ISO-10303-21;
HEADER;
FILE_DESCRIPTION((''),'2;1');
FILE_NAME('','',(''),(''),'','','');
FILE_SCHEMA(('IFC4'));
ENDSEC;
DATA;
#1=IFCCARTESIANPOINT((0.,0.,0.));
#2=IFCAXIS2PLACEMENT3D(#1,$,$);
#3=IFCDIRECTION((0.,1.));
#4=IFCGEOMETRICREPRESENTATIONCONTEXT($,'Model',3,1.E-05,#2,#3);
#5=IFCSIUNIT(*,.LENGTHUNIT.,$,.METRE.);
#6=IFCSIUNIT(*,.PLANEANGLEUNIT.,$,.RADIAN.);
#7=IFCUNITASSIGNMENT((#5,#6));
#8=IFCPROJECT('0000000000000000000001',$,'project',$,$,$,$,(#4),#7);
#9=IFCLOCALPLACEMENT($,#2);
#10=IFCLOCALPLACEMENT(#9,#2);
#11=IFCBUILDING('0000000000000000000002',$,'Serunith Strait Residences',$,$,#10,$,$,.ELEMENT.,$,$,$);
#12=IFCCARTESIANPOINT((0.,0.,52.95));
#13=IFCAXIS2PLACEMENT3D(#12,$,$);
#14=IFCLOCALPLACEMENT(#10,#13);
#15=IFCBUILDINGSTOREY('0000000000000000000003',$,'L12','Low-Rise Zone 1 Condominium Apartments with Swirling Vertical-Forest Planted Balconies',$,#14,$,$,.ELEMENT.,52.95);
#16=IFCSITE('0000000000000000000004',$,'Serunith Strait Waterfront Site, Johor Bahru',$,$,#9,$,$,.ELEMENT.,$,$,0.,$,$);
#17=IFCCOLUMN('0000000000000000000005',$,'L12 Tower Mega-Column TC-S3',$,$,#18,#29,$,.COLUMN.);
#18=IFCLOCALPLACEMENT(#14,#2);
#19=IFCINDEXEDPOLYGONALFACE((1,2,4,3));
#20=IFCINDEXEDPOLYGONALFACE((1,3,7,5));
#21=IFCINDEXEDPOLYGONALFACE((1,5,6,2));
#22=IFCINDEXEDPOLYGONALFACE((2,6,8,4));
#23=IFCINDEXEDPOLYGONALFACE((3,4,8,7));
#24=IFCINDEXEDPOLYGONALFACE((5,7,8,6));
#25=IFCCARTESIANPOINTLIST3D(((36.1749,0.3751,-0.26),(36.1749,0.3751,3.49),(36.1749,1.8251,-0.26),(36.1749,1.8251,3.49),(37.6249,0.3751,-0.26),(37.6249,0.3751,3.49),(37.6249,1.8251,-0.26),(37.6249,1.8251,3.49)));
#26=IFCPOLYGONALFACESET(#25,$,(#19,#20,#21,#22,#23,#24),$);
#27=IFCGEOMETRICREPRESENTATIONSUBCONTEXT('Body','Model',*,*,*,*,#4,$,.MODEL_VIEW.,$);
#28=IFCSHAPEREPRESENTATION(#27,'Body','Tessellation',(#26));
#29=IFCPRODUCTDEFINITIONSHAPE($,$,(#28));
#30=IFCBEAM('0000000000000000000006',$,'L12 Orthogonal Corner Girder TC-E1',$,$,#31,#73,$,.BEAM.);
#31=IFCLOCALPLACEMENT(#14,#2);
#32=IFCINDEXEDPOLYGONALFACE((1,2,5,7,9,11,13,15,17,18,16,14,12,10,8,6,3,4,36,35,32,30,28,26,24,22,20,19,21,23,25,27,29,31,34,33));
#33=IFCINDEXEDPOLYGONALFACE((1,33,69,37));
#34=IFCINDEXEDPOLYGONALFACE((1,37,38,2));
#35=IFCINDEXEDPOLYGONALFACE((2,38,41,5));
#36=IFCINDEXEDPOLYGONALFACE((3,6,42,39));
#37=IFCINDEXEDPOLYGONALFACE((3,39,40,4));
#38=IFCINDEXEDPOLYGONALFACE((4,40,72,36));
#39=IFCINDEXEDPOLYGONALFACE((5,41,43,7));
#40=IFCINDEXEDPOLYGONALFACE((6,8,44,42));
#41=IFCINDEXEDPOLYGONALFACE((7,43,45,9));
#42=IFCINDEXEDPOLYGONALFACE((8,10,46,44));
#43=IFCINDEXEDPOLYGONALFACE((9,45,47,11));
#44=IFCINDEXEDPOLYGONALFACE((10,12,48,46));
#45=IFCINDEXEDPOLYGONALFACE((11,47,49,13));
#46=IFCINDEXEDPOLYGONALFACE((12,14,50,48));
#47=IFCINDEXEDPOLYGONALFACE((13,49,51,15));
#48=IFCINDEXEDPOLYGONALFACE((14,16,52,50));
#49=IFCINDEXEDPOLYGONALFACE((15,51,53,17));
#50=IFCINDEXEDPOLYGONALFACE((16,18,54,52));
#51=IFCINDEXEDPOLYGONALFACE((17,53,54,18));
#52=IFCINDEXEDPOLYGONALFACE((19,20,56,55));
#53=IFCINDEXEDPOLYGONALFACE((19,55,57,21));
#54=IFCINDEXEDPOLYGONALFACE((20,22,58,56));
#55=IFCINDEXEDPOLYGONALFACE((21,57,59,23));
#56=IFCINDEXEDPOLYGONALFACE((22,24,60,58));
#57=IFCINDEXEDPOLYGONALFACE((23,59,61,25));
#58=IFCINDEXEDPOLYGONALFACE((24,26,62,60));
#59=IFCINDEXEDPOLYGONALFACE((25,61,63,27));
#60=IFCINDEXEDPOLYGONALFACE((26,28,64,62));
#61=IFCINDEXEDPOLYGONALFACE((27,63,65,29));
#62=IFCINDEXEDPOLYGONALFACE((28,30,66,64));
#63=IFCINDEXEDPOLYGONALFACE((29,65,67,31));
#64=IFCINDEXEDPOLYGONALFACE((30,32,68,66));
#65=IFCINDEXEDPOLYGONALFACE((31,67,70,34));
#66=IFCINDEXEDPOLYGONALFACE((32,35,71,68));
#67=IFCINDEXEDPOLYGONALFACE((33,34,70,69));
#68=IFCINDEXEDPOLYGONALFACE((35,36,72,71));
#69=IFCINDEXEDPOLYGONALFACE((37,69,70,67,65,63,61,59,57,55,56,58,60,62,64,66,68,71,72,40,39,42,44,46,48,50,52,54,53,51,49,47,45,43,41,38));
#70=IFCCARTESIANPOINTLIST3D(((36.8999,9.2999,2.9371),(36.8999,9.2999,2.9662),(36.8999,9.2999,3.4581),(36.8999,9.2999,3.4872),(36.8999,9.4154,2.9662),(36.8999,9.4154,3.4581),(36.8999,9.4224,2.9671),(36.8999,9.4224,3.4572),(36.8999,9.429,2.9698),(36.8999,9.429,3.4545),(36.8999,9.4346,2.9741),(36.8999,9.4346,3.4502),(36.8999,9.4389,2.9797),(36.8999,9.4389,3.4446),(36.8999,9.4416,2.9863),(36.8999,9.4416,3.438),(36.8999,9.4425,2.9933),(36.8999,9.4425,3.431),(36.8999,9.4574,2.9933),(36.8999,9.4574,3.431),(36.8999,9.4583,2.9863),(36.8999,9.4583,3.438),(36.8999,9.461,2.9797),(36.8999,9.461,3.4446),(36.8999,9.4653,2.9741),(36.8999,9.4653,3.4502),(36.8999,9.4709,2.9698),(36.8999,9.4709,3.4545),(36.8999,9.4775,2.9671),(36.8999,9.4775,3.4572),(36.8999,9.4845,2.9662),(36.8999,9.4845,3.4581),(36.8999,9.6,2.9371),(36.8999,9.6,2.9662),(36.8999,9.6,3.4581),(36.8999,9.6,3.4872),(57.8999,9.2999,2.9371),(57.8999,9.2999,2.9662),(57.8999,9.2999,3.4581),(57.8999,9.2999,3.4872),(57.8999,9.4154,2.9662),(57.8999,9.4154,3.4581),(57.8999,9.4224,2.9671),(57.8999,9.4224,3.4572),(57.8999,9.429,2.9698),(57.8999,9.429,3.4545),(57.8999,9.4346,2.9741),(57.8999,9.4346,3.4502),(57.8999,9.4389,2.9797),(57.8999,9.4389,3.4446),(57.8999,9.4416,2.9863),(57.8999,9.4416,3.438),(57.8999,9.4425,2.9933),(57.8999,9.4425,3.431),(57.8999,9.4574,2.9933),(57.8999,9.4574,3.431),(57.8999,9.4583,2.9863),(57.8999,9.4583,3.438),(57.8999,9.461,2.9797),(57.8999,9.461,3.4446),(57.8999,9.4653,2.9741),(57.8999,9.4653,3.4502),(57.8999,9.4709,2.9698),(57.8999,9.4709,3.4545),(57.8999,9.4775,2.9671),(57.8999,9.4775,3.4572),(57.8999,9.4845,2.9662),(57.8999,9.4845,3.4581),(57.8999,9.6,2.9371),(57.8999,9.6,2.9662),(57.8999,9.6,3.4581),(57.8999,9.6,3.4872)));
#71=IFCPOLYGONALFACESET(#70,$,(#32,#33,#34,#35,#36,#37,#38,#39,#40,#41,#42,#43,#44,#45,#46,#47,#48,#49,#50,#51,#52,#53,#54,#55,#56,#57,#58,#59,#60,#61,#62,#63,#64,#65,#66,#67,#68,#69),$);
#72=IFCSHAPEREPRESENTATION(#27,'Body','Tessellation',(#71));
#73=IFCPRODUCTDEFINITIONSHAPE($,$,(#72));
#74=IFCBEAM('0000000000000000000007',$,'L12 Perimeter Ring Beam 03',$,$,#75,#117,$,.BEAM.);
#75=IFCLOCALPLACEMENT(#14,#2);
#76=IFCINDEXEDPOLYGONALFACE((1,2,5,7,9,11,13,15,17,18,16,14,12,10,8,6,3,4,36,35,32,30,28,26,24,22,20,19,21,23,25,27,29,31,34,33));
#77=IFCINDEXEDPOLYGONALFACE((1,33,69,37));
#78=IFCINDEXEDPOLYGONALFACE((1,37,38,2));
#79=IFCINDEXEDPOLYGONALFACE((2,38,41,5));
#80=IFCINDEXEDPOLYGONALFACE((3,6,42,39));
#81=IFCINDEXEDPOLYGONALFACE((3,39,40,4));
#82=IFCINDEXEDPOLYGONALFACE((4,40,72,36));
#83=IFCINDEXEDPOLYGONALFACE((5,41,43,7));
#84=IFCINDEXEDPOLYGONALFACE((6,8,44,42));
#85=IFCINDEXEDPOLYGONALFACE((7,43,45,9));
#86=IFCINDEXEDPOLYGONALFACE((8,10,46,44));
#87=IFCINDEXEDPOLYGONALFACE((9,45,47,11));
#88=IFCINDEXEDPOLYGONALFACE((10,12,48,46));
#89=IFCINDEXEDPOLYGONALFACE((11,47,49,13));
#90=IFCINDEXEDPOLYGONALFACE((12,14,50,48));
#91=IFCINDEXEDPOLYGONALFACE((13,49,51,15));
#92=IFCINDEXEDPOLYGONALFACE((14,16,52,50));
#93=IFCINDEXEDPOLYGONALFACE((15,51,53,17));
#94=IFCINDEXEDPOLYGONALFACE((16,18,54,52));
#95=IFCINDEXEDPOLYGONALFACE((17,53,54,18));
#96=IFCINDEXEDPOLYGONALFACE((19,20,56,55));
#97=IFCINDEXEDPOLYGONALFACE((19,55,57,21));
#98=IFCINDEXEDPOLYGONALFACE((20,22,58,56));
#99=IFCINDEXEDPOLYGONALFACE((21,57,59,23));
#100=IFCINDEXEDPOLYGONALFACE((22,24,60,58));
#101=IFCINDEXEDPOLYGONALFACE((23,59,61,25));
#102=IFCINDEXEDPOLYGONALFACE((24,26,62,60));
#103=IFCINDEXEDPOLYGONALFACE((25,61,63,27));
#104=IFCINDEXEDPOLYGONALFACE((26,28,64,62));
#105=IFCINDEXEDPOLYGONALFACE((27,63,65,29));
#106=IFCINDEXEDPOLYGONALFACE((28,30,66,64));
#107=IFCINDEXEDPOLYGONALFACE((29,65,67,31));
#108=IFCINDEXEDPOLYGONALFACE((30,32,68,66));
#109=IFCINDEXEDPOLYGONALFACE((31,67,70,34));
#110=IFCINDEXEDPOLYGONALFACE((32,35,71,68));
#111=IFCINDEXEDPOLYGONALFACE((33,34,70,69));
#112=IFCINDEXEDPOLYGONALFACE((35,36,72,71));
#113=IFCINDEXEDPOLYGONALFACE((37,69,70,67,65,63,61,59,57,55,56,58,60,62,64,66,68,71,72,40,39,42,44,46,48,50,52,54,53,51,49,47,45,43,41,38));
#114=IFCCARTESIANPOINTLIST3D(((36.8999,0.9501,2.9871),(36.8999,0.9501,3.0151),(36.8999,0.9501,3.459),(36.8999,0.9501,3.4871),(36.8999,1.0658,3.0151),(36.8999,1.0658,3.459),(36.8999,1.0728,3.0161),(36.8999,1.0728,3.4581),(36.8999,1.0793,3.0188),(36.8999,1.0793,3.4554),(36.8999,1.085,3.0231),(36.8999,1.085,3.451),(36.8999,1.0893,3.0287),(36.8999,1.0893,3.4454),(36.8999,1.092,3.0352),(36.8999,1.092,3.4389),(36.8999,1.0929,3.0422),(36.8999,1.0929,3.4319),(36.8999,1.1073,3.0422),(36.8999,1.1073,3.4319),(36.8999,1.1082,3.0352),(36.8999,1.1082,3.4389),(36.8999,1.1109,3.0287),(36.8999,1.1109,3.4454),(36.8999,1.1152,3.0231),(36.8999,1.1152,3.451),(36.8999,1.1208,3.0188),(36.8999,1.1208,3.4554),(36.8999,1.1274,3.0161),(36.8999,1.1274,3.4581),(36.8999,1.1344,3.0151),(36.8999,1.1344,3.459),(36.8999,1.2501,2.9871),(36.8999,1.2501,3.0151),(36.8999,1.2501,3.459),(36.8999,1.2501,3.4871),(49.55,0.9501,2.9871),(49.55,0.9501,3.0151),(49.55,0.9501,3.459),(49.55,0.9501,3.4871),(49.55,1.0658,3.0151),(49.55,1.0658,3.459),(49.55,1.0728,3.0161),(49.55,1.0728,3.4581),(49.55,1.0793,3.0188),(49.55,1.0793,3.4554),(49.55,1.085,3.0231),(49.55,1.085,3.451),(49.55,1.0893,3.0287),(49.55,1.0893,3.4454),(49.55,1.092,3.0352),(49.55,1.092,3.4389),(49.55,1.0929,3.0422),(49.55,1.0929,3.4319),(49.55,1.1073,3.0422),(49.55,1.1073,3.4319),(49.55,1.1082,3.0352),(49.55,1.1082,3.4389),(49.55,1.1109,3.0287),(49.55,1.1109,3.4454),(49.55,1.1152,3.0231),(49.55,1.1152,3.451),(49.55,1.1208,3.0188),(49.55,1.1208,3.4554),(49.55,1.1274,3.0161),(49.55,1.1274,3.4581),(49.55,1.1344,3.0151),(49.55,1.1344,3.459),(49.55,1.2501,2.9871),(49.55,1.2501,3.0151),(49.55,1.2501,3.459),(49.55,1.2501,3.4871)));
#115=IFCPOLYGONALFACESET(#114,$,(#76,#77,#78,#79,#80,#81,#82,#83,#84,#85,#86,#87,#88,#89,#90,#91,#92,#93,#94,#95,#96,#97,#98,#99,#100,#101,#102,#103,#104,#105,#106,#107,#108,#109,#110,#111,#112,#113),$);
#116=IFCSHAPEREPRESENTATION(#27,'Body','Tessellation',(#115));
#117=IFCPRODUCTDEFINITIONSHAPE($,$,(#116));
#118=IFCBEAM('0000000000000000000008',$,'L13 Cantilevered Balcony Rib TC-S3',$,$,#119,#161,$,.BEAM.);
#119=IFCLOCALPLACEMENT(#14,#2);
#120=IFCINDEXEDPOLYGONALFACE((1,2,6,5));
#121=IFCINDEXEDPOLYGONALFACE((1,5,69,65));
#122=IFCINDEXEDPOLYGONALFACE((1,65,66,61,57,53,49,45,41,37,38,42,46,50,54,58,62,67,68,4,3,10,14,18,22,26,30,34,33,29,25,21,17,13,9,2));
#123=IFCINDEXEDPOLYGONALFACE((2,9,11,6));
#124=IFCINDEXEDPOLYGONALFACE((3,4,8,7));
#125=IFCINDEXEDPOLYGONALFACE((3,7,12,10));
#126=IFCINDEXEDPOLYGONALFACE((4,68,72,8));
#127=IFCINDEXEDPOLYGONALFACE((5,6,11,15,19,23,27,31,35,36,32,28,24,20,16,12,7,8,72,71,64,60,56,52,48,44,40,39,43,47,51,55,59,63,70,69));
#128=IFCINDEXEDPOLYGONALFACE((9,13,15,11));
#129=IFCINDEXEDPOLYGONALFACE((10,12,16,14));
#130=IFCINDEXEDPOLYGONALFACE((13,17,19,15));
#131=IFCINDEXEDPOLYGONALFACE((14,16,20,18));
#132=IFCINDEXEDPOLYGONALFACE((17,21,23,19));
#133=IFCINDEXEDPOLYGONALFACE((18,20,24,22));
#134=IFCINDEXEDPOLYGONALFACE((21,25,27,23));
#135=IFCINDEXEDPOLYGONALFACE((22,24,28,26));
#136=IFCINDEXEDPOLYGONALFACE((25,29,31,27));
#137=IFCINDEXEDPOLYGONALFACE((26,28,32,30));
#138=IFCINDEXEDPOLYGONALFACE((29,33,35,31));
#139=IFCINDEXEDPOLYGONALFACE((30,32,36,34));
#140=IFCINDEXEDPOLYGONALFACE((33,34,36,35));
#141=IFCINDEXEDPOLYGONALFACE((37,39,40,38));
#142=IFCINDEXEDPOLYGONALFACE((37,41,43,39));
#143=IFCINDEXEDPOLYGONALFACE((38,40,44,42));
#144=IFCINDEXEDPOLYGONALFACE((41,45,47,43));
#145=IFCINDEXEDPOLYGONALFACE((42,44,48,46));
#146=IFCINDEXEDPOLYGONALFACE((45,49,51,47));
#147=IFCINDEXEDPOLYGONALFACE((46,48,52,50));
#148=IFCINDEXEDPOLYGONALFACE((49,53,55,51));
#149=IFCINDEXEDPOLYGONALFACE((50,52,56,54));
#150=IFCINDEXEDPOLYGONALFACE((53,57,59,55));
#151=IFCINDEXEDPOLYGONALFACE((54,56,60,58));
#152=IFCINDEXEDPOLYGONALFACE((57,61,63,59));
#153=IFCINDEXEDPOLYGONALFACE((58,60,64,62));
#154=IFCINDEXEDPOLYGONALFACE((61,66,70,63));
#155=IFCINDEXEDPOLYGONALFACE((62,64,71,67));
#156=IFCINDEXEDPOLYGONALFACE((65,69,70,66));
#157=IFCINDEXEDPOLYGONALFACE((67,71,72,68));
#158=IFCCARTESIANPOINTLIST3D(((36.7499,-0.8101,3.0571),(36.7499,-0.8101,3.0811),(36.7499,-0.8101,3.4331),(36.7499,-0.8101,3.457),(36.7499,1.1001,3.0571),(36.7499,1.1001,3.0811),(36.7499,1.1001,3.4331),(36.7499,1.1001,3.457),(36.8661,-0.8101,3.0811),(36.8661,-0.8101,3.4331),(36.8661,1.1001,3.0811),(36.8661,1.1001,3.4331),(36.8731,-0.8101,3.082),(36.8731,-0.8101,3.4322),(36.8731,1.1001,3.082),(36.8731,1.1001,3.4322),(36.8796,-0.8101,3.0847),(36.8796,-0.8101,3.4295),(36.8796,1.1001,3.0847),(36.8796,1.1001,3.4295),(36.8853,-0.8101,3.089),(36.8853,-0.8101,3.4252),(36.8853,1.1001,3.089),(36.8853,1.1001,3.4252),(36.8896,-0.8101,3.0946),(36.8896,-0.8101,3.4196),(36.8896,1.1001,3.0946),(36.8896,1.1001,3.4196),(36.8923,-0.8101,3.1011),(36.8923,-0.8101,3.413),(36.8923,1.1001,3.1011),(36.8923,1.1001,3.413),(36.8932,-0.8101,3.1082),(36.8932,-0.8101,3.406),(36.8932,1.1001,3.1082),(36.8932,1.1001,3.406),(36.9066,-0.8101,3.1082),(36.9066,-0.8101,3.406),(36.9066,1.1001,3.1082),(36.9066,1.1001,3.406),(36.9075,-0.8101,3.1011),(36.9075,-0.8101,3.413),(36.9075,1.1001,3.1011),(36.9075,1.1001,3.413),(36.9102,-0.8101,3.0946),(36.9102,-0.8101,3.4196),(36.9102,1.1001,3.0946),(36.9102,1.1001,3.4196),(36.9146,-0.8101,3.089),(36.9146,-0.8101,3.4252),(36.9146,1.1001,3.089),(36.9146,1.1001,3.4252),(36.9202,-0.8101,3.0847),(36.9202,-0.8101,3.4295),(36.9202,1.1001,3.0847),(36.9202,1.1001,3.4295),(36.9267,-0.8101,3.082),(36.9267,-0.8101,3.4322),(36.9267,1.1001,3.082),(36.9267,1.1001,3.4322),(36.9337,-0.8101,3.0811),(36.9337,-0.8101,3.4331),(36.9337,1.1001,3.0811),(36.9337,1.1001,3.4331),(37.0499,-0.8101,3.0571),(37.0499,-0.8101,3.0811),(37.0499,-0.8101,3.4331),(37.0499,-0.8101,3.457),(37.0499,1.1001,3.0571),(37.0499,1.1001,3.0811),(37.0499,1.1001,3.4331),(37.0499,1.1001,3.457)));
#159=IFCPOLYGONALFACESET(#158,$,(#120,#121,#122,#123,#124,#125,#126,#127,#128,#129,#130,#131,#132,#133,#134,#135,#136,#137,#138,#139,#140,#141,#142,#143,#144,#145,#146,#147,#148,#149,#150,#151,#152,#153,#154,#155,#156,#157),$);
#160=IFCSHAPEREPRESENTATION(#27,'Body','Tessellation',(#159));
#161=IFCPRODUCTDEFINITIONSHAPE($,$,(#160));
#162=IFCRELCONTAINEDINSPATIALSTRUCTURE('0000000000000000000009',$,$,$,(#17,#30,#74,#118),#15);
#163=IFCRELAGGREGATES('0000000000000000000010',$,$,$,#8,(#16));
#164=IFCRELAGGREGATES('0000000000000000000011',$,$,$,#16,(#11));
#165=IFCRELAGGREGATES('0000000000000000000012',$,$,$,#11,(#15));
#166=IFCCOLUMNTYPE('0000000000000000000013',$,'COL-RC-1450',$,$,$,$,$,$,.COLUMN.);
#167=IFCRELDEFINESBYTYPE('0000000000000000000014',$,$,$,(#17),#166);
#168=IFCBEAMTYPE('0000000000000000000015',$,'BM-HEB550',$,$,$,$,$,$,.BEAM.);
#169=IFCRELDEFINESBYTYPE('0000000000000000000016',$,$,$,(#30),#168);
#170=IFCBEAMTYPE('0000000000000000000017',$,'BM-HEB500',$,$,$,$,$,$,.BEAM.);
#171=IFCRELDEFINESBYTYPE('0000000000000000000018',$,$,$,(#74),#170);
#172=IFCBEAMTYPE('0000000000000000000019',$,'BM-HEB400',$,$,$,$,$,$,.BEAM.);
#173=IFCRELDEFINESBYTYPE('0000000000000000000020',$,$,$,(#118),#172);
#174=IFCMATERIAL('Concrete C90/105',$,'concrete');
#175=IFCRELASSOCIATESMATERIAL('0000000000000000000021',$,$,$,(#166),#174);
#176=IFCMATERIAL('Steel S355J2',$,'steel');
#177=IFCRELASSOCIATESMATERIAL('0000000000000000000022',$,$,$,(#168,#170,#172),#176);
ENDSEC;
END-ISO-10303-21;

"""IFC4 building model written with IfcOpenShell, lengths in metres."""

from ifc_helpers import new_model, si_unit, direction, frame, origin, origin_2d, place, context, subcontext, project, spatial, rectangle, i_section, extrude, source, transform, mapped, material, material_profile, profile_set, type_object, element, save


model = new_model("IFC4")

# Units and contexts
model_context = context("Model", 3, precision=1e-05, world=origin(), true_north=direction((0.0, 1.0)))
body_context = subcontext(model_context, "Body", "Model", "MODEL_VIEW")
ifc_project = project(units=[si_unit("LENGTHUNIT", "METRE"), si_unit("PLANEANGLEUNIT", "RADIAN")], contexts=[model_context])

# Site, building, storey
site_placement = place(None, origin())
site = spatial("IfcSite", under=ifc_project, at=site_placement, Name="Serunith Strait Waterfront Site, Johor Bahru", CompositionType="ELEMENT", RefElevation=0.0)
building_placement = place(site_placement, origin())
building = spatial("IfcBuilding", under=site, at=building_placement, Name="Serunith Strait Residences", CompositionType="ELEMENT")
storey_placement = place(building_placement, frame((0.0, 0.0, 52.95)))
storey = spatial("IfcBuildingStorey", under=building, at=storey_placement, Name="L12", Description="Low-Rise Zone 1 Condominium Apartments with Swirling Vertical-Forest Planted Balconies", CompositionType="ELEMENT", Elevation=52.95)

# Column
ifc_material_1 = material(Name="Concrete C90/105", Category="concrete")
ifc_material_profile_1 = material_profile(ifc_material_1, rectangle(XDim=1.45, YDim=1.45, at=origin_2d()), Name="RC 1450x1450")
ifc_profile_set_1 = profile_set([ifc_material_profile_1], Name="Concrete C90/105")
column_type = type_object("IfcColumnType", Name="COL-RC-1450", PredefinedType="COLUMN", material=ifc_profile_set_1)
shared_shape_1 = source(origin(), body_context, "Body", "SweptSolid", [
    extrude(rectangle(XDim=1.45, YDim=1.45, at=origin_2d()), origin(), (0.0, 0.0, 1.0), 3.75),
])
column_placement = place(storey_placement, frame((36.8999, 1.1001, -0.26), z_axis=(0.0, 0.0, 1.0), x_axis=(1.0, 0.0, 0.0)))
element("IfcColumn", 1, at=column_placement, inside=storey, type_object=column_type, Name="L12 Tower Mega-Column TC-S3", PredefinedType="COLUMN", context=body_context, shape_type="MappedRepresentation", body=[
    mapped(shared_shape_1, transform((0.0, 0.0, 0.0), scale=1.0)),
])

# Beams
ifc_material_2 = material(Name="Steel S355J2", Category="steel")
ifc_material_profile_2 = material_profile(ifc_material_2, i_section(OverallWidth=0.3, OverallDepth=0.55, WebThickness=0.0149, FlangeThickness=0.0291, FilletRadius=0.0271, at=origin_2d()), Name="HEB 550")
ifc_profile_set_2 = profile_set([ifc_material_profile_2], Name="Steel S355J2")
beam_type_1 = type_object("IfcBeamType", Name="BM-HEB550", PredefinedType="BEAM", material=ifc_profile_set_2)
shared_shape_2 = source(origin(), body_context, "Body", "SweptSolid", [
    extrude(i_section(OverallWidth=0.3, OverallDepth=0.55, WebThickness=0.0149, FlangeThickness=0.0291, FilletRadius=0.0271, at=origin_2d()), origin(), (0.0, 0.0, 1.0), 21.0),
])
beam_1_placement = place(storey_placement, frame((36.8999, 9.45, 3.2122), z_axis=(1.0, 0.0, 0.0), x_axis=(0.0, 1.0, 0.0)))
element("IfcBeam", 2, at=beam_1_placement, inside=storey, type_object=beam_type_1, Name="L12 Orthogonal Corner Girder TC-E1", PredefinedType="BEAM", context=body_context, shape_type="MappedRepresentation", body=[
    mapped(shared_shape_2, transform((0.0, 0.0, 0.0), scale=1.0)),
])
ifc_material_profile_3 = material_profile(ifc_material_2, i_section(OverallWidth=0.3, OverallDepth=0.5, WebThickness=0.0144, FlangeThickness=0.0281, FilletRadius=0.0271, at=origin_2d()), Name="HEB 500")
ifc_profile_set_3 = profile_set([ifc_material_profile_3], Name="Steel S355J2")
beam_type_2 = type_object("IfcBeamType", Name="BM-HEB500", PredefinedType="BEAM", material=ifc_profile_set_3)
shared_shape_3 = source(origin(), body_context, "Body", "SweptSolid", [
    extrude(i_section(OverallWidth=0.3, OverallDepth=0.5, WebThickness=0.0144, FlangeThickness=0.0281, FilletRadius=0.0271, at=origin_2d()), origin(), (0.0, 0.0, 1.0), 12.6501),
])
beam_2_placement = place(storey_placement, frame((36.8999, 1.1001, 3.2371), z_axis=(1.0, 0.0, 0.0), x_axis=(0.0, 1.0, 0.0)))
element("IfcBeam", 3, at=beam_2_placement, inside=storey, type_object=beam_type_2, Name="L12 Perimeter Ring Beam 03", PredefinedType="BEAM", context=body_context, shape_type="MappedRepresentation", body=[
    mapped(shared_shape_3, transform((0.0, 0.0, 0.0), scale=1.0)),
])
ifc_material_profile_4 = material_profile(ifc_material_2, i_section(OverallWidth=0.3, OverallDepth=0.3999, WebThickness=0.0134, FlangeThickness=0.0239, FilletRadius=0.0271, at=origin_2d()), Name="HEB 400")
ifc_profile_set_4 = profile_set([ifc_material_profile_4], Name="Steel S355J2")
beam_type_3 = type_object("IfcBeamType", Name="BM-HEB400", PredefinedType="BEAM", material=ifc_profile_set_4)
shared_shape_4 = source(origin(), body_context, "Body", "SweptSolid", [
    extrude(i_section(OverallWidth=0.3, OverallDepth=0.3999, WebThickness=0.0134, FlangeThickness=0.0239, FilletRadius=0.0271, at=origin_2d()), origin(), (0.0, 0.0, 1.0), 1.9102),
])
beam_3_placement = place(storey_placement, frame((36.8999, 1.1001, 3.2571), z_axis=(0.0, -1.0, 0.0), x_axis=(1.0, 0.0, 0.0)))
element("IfcBeam", 4, at=beam_3_placement, inside=storey, type_object=beam_type_3, Name="L13 Cantilevered Balcony Rib TC-S3", PredefinedType="BEAM", context=body_context, shape_type="MappedRepresentation", body=[
    mapped(shared_shape_4, transform((0.0, 0.0, 0.0), scale=1.0)),
])

save(model, "model.ifc")
